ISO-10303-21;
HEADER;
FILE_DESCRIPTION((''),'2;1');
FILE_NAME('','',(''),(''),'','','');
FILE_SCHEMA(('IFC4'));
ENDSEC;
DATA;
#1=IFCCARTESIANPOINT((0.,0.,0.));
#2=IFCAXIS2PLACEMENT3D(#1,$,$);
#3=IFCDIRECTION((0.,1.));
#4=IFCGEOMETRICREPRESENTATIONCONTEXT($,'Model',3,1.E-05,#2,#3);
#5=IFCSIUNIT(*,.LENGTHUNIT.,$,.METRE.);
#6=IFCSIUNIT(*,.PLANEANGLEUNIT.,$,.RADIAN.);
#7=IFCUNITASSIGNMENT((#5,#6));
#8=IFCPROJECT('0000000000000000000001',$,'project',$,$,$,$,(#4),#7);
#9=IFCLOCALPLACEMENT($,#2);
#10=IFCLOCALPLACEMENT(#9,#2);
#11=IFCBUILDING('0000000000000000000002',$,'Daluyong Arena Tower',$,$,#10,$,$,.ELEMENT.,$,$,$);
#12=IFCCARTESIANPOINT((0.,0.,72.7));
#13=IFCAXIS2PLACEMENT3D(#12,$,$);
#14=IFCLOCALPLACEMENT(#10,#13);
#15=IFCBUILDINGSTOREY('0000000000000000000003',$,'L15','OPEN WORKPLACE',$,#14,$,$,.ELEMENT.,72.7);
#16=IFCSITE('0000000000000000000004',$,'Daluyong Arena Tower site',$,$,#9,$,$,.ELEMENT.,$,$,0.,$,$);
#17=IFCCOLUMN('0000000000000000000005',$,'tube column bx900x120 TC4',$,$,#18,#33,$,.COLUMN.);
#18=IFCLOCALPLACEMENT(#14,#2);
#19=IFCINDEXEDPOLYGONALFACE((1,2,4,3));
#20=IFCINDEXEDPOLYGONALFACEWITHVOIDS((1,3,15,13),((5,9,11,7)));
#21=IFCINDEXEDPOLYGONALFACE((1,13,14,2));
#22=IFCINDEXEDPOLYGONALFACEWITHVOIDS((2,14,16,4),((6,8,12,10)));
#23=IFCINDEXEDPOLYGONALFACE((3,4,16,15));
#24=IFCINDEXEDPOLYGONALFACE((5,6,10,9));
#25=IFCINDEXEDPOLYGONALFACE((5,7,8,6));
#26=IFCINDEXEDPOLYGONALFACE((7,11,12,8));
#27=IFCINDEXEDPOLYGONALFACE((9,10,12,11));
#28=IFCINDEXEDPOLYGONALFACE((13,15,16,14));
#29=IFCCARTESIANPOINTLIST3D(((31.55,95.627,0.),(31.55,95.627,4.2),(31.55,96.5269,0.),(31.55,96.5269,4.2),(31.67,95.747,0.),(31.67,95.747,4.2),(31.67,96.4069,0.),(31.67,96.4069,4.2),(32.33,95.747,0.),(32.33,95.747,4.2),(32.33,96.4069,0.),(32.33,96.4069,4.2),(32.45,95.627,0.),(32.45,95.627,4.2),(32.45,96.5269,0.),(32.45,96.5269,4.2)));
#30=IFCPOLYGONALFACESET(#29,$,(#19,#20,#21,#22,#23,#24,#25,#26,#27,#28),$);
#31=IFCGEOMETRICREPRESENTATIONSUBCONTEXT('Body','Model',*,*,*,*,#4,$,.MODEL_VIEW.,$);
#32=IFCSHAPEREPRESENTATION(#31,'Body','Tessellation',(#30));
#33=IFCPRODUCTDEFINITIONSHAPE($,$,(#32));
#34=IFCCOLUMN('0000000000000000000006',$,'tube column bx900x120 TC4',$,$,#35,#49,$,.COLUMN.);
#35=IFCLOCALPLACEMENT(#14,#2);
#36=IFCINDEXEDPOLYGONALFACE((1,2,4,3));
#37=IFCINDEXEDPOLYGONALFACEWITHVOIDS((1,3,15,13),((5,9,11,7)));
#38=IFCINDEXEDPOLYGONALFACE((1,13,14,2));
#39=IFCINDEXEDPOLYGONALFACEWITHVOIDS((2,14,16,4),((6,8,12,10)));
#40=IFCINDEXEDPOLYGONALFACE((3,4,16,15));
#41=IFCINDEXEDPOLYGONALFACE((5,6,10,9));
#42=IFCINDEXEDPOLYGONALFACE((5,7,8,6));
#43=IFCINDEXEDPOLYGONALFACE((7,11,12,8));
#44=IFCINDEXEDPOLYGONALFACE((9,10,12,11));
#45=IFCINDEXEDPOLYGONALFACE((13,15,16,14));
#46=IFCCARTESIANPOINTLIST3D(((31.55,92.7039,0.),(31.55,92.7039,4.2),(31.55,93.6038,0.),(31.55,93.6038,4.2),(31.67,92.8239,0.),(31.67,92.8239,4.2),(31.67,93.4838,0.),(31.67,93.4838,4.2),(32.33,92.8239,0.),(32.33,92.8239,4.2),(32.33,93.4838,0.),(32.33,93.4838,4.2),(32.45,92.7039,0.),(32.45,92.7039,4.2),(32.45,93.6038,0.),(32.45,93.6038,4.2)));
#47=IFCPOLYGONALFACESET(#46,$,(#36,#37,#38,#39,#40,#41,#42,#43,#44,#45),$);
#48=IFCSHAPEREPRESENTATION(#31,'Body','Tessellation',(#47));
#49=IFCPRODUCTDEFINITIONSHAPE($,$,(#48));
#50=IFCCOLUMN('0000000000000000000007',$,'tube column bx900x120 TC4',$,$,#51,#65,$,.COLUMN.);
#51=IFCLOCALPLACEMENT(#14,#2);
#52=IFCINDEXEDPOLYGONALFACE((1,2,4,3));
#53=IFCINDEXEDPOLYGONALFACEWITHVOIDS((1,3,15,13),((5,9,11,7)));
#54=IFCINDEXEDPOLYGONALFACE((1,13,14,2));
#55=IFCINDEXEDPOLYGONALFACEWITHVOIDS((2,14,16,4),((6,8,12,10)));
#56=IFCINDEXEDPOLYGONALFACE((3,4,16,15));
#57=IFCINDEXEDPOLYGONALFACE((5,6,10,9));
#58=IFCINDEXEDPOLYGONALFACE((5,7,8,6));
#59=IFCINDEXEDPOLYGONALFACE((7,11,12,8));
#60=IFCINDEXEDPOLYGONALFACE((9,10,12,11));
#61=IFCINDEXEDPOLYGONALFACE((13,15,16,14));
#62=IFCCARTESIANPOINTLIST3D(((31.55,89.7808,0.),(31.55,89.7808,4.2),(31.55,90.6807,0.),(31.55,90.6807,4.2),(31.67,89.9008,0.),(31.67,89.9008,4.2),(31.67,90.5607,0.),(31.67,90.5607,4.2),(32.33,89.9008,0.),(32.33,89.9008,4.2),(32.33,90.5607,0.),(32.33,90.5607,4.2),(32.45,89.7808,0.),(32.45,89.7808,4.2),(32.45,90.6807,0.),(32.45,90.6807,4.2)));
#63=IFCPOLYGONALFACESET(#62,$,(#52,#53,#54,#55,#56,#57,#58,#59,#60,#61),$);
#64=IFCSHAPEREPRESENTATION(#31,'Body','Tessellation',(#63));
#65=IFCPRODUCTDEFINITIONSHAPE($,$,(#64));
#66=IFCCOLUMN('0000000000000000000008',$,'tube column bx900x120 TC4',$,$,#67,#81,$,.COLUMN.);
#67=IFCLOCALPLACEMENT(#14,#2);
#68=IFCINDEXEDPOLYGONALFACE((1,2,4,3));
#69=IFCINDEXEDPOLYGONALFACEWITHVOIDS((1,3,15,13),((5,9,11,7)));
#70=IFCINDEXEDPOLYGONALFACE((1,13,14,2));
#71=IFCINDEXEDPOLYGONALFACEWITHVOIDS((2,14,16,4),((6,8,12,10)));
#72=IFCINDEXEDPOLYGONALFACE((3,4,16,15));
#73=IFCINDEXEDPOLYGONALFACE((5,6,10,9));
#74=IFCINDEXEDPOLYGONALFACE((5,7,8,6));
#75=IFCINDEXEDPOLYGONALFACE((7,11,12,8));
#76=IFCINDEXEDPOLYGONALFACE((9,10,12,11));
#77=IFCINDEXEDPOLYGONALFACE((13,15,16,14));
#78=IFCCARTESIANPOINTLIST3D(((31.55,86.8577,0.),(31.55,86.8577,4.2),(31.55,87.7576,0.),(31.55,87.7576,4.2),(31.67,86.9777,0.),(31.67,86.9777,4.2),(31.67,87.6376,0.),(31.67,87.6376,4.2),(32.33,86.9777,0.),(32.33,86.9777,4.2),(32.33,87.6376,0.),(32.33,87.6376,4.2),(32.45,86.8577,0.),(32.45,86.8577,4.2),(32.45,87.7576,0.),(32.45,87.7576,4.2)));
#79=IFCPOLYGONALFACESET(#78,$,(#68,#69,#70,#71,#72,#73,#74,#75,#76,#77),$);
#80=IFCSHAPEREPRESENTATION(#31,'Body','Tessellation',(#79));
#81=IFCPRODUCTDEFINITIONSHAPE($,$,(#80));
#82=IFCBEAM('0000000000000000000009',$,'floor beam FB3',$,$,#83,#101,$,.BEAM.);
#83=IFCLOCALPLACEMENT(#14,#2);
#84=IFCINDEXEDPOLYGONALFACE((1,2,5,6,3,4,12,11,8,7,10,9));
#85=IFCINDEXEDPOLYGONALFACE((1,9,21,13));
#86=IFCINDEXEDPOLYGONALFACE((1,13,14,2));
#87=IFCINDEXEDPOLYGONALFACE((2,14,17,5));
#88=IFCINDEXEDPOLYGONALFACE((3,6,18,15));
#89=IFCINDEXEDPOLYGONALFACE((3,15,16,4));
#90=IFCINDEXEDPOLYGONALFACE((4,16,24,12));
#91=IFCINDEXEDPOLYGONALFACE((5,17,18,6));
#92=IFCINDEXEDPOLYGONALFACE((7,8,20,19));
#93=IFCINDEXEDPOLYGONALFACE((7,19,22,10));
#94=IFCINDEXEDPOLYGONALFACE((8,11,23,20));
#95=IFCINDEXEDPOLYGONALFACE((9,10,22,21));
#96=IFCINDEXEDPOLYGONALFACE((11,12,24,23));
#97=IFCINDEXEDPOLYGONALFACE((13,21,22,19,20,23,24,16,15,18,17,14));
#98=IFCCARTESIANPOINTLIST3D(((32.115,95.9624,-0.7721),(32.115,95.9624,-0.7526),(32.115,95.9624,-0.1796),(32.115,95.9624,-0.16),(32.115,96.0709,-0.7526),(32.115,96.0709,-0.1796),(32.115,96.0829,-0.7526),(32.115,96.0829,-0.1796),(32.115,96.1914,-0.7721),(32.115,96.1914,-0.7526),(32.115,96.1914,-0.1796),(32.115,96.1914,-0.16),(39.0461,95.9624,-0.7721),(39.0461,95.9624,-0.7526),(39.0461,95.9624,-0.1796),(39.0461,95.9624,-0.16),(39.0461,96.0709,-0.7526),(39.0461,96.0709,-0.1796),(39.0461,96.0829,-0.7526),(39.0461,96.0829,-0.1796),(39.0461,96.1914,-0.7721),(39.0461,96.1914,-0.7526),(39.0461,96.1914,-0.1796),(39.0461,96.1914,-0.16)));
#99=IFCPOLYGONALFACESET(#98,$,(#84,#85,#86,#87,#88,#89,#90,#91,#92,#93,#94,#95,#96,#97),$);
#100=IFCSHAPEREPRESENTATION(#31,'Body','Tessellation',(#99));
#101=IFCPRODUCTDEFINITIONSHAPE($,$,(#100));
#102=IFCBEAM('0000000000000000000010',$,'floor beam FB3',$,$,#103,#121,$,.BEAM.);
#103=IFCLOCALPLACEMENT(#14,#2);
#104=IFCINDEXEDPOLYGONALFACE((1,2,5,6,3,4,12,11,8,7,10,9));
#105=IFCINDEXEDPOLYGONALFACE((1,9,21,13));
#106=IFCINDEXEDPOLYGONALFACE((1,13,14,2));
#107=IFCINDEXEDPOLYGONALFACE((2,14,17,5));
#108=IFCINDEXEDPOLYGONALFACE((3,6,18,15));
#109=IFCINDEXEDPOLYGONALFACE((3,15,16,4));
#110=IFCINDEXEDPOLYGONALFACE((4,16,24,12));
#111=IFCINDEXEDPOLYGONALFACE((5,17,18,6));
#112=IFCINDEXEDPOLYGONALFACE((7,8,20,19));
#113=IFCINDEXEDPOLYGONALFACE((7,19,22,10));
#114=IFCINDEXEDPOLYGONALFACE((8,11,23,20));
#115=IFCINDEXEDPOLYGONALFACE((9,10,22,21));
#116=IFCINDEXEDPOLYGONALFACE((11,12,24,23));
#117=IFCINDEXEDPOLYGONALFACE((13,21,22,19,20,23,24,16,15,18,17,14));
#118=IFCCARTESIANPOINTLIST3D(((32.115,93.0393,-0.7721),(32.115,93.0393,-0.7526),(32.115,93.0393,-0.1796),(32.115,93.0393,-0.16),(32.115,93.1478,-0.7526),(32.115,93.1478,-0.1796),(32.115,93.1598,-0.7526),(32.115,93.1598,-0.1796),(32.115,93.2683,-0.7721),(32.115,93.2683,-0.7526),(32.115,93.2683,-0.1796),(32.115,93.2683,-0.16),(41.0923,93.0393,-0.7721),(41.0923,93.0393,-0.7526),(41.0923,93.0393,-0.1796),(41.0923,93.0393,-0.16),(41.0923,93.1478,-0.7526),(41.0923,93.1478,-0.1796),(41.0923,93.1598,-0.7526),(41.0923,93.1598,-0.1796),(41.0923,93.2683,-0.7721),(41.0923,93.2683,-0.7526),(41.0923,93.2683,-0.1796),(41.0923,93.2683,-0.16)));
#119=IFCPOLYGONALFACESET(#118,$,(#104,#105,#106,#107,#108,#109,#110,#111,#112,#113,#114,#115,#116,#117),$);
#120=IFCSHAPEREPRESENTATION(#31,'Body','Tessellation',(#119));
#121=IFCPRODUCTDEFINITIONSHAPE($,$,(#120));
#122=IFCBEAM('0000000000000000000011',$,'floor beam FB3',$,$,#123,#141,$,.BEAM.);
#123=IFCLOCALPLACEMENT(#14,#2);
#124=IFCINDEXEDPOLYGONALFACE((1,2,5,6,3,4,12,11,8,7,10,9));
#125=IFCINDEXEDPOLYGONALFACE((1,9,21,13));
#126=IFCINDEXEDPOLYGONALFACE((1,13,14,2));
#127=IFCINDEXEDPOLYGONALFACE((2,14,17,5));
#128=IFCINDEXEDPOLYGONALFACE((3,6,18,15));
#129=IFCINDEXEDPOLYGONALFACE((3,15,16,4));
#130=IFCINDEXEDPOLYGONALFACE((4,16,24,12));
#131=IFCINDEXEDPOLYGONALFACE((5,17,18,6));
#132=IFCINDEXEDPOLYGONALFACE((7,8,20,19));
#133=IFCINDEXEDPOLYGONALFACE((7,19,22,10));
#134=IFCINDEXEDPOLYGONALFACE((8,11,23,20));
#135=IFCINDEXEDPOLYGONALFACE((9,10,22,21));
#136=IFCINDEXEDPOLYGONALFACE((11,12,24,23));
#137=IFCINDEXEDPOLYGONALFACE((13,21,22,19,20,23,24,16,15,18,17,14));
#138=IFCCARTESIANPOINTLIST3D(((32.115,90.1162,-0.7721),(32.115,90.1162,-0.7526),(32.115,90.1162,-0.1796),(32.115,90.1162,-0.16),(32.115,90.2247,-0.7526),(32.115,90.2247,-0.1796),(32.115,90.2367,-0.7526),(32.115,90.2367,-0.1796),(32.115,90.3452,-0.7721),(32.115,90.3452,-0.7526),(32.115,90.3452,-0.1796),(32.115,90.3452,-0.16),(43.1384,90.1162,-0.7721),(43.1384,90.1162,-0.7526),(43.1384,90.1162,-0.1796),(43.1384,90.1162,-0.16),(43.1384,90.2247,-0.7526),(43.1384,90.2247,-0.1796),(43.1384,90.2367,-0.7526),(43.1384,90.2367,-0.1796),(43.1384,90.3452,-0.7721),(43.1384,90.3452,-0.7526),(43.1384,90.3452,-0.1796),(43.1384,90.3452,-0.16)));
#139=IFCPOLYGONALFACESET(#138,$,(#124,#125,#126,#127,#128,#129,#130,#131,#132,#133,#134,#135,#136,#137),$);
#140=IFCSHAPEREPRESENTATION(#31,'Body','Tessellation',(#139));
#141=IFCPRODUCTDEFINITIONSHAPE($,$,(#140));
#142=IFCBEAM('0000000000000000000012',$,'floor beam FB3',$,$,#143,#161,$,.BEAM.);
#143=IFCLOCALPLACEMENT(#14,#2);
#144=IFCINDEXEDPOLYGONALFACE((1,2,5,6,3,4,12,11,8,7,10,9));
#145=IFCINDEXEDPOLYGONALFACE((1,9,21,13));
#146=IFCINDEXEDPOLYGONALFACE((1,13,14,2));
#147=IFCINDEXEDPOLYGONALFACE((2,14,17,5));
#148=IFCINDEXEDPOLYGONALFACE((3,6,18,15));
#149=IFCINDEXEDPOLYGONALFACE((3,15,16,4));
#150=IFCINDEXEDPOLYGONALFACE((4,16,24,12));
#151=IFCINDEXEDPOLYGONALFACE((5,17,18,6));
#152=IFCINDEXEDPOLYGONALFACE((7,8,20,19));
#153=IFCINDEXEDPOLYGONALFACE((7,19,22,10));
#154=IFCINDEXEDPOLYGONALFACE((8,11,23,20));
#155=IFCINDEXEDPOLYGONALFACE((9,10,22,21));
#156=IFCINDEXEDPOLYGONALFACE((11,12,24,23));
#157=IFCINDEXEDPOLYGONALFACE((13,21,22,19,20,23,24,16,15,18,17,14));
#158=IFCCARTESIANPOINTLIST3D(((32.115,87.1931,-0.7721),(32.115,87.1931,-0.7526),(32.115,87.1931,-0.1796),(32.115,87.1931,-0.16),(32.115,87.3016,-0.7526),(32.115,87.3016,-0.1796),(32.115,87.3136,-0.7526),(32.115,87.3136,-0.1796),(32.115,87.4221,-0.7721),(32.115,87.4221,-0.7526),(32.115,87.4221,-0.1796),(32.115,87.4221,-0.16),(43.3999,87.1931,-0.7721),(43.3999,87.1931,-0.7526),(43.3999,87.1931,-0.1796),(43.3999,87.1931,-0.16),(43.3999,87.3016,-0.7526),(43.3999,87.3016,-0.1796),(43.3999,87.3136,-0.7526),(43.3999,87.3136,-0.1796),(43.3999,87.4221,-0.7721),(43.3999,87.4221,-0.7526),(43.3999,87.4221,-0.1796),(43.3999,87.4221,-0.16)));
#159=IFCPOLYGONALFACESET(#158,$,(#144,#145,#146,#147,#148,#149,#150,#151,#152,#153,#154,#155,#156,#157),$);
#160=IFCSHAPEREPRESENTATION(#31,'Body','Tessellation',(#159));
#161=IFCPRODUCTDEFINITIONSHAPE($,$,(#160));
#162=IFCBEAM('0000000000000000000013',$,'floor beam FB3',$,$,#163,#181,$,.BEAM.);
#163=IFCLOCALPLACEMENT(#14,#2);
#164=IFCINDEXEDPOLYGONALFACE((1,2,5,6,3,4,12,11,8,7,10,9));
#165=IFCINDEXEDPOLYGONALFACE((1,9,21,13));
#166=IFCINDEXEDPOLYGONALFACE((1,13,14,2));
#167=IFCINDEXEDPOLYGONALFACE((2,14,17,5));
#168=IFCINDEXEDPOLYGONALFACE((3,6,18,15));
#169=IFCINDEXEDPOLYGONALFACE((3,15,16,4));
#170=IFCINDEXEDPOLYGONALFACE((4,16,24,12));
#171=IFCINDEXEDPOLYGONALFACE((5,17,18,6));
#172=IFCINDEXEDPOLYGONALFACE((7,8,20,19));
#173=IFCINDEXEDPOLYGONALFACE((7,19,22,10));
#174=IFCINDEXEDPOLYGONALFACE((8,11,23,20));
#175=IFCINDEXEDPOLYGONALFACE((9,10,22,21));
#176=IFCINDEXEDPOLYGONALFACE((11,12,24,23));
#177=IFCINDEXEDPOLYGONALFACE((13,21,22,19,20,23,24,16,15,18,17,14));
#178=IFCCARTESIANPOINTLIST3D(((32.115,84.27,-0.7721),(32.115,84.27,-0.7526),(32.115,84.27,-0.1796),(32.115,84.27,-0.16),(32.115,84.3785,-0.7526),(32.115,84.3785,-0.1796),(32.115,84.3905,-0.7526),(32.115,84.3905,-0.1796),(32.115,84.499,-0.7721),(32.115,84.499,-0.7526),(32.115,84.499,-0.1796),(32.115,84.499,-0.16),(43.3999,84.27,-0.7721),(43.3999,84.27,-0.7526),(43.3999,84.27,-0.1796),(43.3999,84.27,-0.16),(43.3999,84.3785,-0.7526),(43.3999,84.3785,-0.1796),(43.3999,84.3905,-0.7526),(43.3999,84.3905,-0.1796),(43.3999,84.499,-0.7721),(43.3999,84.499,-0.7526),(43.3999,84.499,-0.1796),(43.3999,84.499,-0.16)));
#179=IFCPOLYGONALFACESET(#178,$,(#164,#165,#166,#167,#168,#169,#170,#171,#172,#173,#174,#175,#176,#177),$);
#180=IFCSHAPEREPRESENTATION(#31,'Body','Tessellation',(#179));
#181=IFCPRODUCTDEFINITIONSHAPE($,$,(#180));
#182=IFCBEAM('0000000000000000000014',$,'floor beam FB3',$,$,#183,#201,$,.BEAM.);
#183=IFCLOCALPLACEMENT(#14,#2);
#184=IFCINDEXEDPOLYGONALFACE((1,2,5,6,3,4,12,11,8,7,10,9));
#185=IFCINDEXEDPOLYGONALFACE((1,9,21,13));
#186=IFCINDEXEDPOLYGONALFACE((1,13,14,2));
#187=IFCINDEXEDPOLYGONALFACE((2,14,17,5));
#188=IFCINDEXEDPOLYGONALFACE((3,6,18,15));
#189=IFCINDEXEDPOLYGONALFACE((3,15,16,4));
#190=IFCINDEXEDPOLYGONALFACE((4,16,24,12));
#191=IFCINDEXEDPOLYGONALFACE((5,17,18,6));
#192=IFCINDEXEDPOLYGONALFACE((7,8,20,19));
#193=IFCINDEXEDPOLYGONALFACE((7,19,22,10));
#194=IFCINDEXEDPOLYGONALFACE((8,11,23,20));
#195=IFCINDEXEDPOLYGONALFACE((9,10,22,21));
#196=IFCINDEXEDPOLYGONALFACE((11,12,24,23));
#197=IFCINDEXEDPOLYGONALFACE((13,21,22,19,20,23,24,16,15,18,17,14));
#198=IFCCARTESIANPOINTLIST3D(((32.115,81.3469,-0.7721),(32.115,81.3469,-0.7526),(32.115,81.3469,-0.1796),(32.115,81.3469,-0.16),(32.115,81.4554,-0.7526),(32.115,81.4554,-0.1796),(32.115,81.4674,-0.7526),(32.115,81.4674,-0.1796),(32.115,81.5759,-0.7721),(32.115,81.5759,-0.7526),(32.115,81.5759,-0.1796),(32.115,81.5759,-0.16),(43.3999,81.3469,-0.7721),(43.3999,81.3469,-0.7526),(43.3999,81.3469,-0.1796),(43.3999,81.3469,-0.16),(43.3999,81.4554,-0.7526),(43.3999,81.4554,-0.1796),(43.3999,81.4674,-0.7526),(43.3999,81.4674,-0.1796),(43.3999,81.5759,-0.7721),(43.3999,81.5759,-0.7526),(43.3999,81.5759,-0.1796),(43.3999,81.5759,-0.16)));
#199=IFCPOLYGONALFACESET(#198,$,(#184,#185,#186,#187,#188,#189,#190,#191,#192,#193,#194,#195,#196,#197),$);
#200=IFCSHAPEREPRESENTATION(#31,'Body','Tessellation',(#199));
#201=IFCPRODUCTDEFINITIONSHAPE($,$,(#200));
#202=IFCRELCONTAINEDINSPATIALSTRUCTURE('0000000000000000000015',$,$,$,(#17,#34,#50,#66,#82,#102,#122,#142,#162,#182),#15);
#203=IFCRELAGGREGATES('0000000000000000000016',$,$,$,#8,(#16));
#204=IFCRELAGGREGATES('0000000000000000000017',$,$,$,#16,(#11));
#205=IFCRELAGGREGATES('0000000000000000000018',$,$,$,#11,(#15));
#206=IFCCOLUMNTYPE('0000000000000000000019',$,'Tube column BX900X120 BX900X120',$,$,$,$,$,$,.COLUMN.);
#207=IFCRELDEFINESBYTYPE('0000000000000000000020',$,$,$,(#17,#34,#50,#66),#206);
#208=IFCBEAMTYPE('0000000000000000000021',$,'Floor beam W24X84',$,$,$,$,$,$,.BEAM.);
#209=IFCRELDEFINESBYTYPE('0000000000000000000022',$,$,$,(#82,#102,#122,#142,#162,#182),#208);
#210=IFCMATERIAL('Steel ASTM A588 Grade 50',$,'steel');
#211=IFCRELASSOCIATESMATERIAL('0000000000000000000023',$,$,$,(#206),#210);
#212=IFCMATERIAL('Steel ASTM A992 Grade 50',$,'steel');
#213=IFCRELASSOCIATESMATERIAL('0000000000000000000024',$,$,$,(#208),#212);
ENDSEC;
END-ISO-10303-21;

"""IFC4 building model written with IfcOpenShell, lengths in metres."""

from ifc_helpers import new_model, si_unit, direction, frame, origin, origin_2d, place, context, subcontext, project, spatial, hollow_rectangle, i_section, extrude, material, material_profile, profile_set, type_object, element, save


model = new_model("IFC4")

# Units and contexts
model_context = context("Model", 3, precision=1e-05, world=origin(), true_north=direction((0.0, 1.0)))
body_context = subcontext(model_context, "Body", "Model", "MODEL_VIEW")
ifc_project = project(units=[si_unit("LENGTHUNIT", "METRE"), si_unit("PLANEANGLEUNIT", "RADIAN")], contexts=[model_context])

# Site, building, storey
site_placement = place(None, origin())
site = spatial("IfcSite", under=ifc_project, at=site_placement, Name="Daluyong Arena Tower site", CompositionType="ELEMENT", RefElevation=0.0)
building_placement = place(site_placement, origin())
building = spatial("IfcBuilding", under=site, at=building_placement, Name="Daluyong Arena Tower", CompositionType="ELEMENT")
storey_placement = place(building_placement, frame((0.0, 0.0, 72.7)))
storey = spatial("IfcBuildingStorey", under=building, at=storey_placement, Name="L15", Description="OPEN WORKPLACE", CompositionType="ELEMENT", Elevation=72.7)

# Columns
ifc_material_1 = material(Name="Steel ASTM A588 Grade 50", Category="steel")
ifc_material_profile_1 = material_profile(ifc_material_1, hollow_rectangle(XDim=0.8999, YDim=0.8999, WallThickness=0.12, at=origin_2d()))
ifc_profile_set_1 = profile_set([ifc_material_profile_1], Name="Steel ASTM A588 Grade 50")
column_type = type_object("IfcColumnType", Name="Tube column BX900X120 BX900X120", PredefinedType="COLUMN", material=ifc_profile_set_1)
for number, where, z_axis, x_axis, name in (
    (1, (32.0, 96.0769, 0.0), (0.0, 0.0, 1.0), (0.0, 1.0, 0.0), "tube column bx900x120 TC4"),
    (2, (32.0, 93.1538, 0.0), (0.0, 0.0, 1.0), (0.0, 1.0, 0.0), "tube column bx900x120 TC4"),
    (3, (32.0, 90.2307, 0.0), (0.0, 0.0, 1.0), (0.0, 1.0, 0.0), "tube column bx900x120 TC4"),
    (4, (32.0, 87.3076, 0.0), (0.0, 0.0, 1.0), (0.0, 1.0, 0.0), "tube column bx900x120 TC4"),
):
    element("IfcColumn", number, at=place(storey_placement, frame(where, z_axis=z_axis, x_axis=x_axis)), inside=storey, type_object=column_type, Name=name, PredefinedType="COLUMN", context=body_context, shape_type="SweptSolid", body=[
        extrude(hollow_rectangle(XDim=0.8999, YDim=0.8999, WallThickness=0.12, at=origin_2d()), origin(), (0.0, 0.0, 1.0), 4.2),
    ])

# Beams
ifc_material_2 = material(Name="Steel ASTM A992 Grade 50", Category="steel")
ifc_material_profile_2 = material_profile(ifc_material_2, i_section(OverallWidth=0.229, OverallDepth=0.6121, WebThickness=0.012, FlangeThickness=0.0195, at=origin_2d()))
ifc_profile_set_2 = profile_set([ifc_material_profile_2], Name="Steel ASTM A992 Grade 50")
beam_type_1 = type_object("IfcBeamType", Name="Floor beam W24X84", PredefinedType="BEAM", material=ifc_profile_set_2)
beam_1_placement = place(storey_placement, frame((32.115, 96.0769, -0.4661), z_axis=(1.0, 0.0, 0.0), x_axis=(0.0, 1.0, 0.0)))
element("IfcBeam", 5, at=beam_1_placement, inside=storey, type_object=beam_type_1, Name="floor beam FB3", PredefinedType="BEAM", context=body_context, shape_type="SweptSolid", body=[
    extrude(i_section(OverallWidth=0.229, OverallDepth=0.6121, WebThickness=0.012, FlangeThickness=0.0195, at=origin_2d()), origin(), (0.0, 0.0, 1.0), 6.9312),
])
beam_2_placement = place(storey_placement, frame((32.115, 93.1538, -0.4661), z_axis=(1.0, 0.0, 0.0), x_axis=(0.0, 1.0, 0.0)))
element("IfcBeam", 6, at=beam_2_placement, inside=storey, type_object=beam_type_1, Name="floor beam FB3", PredefinedType="BEAM", context=body_context, shape_type="SweptSolid", body=[
    extrude(i_section(OverallWidth=0.229, OverallDepth=0.6121, WebThickness=0.012, FlangeThickness=0.0195, at=origin_2d()), origin(), (0.0, 0.0, 1.0), 8.9773),
])
beam_3_placement = place(storey_placement, frame((32.115, 90.2307, -0.4661), z_axis=(1.0, 0.0, 0.0), x_axis=(0.0, 1.0, 0.0)))
element("IfcBeam", 7, at=beam_3_placement, inside=storey, type_object=beam_type_1, Name="floor beam FB3", PredefinedType="BEAM", context=body_context, shape_type="SweptSolid", body=[
    extrude(i_section(OverallWidth=0.229, OverallDepth=0.6121, WebThickness=0.012, FlangeThickness=0.0195, at=origin_2d()), origin(), (0.0, 0.0, 1.0), 11.0234),
])
for number, where, z_axis, x_axis, name in (
    (8, (32.115, 87.3076, -0.4661), (1.0, 0.0, 0.0), (0.0, 1.0, 0.0), "floor beam FB3"),
    (9, (32.115, 84.3845, -0.4661), (1.0, 0.0, 0.0), (0.0, 1.0, 0.0), "floor beam FB3"),
    (10, (32.115, 81.4614, -0.4661), (1.0, 0.0, 0.0), (0.0, 1.0, 0.0), "floor beam FB3"),
):
    element("IfcBeam", number, at=place(storey_placement, frame(where, z_axis=z_axis, x_axis=x_axis)), inside=storey, type_object=beam_type_1, Name=name, PredefinedType="BEAM", context=body_context, shape_type="SweptSolid", body=[
        extrude(i_section(OverallWidth=0.229, OverallDepth=0.6121, WebThickness=0.012, FlangeThickness=0.0195, at=origin_2d()), origin(), (0.0, 0.0, 1.0), 11.2849),
    ])

save(model, "model.ifc")
